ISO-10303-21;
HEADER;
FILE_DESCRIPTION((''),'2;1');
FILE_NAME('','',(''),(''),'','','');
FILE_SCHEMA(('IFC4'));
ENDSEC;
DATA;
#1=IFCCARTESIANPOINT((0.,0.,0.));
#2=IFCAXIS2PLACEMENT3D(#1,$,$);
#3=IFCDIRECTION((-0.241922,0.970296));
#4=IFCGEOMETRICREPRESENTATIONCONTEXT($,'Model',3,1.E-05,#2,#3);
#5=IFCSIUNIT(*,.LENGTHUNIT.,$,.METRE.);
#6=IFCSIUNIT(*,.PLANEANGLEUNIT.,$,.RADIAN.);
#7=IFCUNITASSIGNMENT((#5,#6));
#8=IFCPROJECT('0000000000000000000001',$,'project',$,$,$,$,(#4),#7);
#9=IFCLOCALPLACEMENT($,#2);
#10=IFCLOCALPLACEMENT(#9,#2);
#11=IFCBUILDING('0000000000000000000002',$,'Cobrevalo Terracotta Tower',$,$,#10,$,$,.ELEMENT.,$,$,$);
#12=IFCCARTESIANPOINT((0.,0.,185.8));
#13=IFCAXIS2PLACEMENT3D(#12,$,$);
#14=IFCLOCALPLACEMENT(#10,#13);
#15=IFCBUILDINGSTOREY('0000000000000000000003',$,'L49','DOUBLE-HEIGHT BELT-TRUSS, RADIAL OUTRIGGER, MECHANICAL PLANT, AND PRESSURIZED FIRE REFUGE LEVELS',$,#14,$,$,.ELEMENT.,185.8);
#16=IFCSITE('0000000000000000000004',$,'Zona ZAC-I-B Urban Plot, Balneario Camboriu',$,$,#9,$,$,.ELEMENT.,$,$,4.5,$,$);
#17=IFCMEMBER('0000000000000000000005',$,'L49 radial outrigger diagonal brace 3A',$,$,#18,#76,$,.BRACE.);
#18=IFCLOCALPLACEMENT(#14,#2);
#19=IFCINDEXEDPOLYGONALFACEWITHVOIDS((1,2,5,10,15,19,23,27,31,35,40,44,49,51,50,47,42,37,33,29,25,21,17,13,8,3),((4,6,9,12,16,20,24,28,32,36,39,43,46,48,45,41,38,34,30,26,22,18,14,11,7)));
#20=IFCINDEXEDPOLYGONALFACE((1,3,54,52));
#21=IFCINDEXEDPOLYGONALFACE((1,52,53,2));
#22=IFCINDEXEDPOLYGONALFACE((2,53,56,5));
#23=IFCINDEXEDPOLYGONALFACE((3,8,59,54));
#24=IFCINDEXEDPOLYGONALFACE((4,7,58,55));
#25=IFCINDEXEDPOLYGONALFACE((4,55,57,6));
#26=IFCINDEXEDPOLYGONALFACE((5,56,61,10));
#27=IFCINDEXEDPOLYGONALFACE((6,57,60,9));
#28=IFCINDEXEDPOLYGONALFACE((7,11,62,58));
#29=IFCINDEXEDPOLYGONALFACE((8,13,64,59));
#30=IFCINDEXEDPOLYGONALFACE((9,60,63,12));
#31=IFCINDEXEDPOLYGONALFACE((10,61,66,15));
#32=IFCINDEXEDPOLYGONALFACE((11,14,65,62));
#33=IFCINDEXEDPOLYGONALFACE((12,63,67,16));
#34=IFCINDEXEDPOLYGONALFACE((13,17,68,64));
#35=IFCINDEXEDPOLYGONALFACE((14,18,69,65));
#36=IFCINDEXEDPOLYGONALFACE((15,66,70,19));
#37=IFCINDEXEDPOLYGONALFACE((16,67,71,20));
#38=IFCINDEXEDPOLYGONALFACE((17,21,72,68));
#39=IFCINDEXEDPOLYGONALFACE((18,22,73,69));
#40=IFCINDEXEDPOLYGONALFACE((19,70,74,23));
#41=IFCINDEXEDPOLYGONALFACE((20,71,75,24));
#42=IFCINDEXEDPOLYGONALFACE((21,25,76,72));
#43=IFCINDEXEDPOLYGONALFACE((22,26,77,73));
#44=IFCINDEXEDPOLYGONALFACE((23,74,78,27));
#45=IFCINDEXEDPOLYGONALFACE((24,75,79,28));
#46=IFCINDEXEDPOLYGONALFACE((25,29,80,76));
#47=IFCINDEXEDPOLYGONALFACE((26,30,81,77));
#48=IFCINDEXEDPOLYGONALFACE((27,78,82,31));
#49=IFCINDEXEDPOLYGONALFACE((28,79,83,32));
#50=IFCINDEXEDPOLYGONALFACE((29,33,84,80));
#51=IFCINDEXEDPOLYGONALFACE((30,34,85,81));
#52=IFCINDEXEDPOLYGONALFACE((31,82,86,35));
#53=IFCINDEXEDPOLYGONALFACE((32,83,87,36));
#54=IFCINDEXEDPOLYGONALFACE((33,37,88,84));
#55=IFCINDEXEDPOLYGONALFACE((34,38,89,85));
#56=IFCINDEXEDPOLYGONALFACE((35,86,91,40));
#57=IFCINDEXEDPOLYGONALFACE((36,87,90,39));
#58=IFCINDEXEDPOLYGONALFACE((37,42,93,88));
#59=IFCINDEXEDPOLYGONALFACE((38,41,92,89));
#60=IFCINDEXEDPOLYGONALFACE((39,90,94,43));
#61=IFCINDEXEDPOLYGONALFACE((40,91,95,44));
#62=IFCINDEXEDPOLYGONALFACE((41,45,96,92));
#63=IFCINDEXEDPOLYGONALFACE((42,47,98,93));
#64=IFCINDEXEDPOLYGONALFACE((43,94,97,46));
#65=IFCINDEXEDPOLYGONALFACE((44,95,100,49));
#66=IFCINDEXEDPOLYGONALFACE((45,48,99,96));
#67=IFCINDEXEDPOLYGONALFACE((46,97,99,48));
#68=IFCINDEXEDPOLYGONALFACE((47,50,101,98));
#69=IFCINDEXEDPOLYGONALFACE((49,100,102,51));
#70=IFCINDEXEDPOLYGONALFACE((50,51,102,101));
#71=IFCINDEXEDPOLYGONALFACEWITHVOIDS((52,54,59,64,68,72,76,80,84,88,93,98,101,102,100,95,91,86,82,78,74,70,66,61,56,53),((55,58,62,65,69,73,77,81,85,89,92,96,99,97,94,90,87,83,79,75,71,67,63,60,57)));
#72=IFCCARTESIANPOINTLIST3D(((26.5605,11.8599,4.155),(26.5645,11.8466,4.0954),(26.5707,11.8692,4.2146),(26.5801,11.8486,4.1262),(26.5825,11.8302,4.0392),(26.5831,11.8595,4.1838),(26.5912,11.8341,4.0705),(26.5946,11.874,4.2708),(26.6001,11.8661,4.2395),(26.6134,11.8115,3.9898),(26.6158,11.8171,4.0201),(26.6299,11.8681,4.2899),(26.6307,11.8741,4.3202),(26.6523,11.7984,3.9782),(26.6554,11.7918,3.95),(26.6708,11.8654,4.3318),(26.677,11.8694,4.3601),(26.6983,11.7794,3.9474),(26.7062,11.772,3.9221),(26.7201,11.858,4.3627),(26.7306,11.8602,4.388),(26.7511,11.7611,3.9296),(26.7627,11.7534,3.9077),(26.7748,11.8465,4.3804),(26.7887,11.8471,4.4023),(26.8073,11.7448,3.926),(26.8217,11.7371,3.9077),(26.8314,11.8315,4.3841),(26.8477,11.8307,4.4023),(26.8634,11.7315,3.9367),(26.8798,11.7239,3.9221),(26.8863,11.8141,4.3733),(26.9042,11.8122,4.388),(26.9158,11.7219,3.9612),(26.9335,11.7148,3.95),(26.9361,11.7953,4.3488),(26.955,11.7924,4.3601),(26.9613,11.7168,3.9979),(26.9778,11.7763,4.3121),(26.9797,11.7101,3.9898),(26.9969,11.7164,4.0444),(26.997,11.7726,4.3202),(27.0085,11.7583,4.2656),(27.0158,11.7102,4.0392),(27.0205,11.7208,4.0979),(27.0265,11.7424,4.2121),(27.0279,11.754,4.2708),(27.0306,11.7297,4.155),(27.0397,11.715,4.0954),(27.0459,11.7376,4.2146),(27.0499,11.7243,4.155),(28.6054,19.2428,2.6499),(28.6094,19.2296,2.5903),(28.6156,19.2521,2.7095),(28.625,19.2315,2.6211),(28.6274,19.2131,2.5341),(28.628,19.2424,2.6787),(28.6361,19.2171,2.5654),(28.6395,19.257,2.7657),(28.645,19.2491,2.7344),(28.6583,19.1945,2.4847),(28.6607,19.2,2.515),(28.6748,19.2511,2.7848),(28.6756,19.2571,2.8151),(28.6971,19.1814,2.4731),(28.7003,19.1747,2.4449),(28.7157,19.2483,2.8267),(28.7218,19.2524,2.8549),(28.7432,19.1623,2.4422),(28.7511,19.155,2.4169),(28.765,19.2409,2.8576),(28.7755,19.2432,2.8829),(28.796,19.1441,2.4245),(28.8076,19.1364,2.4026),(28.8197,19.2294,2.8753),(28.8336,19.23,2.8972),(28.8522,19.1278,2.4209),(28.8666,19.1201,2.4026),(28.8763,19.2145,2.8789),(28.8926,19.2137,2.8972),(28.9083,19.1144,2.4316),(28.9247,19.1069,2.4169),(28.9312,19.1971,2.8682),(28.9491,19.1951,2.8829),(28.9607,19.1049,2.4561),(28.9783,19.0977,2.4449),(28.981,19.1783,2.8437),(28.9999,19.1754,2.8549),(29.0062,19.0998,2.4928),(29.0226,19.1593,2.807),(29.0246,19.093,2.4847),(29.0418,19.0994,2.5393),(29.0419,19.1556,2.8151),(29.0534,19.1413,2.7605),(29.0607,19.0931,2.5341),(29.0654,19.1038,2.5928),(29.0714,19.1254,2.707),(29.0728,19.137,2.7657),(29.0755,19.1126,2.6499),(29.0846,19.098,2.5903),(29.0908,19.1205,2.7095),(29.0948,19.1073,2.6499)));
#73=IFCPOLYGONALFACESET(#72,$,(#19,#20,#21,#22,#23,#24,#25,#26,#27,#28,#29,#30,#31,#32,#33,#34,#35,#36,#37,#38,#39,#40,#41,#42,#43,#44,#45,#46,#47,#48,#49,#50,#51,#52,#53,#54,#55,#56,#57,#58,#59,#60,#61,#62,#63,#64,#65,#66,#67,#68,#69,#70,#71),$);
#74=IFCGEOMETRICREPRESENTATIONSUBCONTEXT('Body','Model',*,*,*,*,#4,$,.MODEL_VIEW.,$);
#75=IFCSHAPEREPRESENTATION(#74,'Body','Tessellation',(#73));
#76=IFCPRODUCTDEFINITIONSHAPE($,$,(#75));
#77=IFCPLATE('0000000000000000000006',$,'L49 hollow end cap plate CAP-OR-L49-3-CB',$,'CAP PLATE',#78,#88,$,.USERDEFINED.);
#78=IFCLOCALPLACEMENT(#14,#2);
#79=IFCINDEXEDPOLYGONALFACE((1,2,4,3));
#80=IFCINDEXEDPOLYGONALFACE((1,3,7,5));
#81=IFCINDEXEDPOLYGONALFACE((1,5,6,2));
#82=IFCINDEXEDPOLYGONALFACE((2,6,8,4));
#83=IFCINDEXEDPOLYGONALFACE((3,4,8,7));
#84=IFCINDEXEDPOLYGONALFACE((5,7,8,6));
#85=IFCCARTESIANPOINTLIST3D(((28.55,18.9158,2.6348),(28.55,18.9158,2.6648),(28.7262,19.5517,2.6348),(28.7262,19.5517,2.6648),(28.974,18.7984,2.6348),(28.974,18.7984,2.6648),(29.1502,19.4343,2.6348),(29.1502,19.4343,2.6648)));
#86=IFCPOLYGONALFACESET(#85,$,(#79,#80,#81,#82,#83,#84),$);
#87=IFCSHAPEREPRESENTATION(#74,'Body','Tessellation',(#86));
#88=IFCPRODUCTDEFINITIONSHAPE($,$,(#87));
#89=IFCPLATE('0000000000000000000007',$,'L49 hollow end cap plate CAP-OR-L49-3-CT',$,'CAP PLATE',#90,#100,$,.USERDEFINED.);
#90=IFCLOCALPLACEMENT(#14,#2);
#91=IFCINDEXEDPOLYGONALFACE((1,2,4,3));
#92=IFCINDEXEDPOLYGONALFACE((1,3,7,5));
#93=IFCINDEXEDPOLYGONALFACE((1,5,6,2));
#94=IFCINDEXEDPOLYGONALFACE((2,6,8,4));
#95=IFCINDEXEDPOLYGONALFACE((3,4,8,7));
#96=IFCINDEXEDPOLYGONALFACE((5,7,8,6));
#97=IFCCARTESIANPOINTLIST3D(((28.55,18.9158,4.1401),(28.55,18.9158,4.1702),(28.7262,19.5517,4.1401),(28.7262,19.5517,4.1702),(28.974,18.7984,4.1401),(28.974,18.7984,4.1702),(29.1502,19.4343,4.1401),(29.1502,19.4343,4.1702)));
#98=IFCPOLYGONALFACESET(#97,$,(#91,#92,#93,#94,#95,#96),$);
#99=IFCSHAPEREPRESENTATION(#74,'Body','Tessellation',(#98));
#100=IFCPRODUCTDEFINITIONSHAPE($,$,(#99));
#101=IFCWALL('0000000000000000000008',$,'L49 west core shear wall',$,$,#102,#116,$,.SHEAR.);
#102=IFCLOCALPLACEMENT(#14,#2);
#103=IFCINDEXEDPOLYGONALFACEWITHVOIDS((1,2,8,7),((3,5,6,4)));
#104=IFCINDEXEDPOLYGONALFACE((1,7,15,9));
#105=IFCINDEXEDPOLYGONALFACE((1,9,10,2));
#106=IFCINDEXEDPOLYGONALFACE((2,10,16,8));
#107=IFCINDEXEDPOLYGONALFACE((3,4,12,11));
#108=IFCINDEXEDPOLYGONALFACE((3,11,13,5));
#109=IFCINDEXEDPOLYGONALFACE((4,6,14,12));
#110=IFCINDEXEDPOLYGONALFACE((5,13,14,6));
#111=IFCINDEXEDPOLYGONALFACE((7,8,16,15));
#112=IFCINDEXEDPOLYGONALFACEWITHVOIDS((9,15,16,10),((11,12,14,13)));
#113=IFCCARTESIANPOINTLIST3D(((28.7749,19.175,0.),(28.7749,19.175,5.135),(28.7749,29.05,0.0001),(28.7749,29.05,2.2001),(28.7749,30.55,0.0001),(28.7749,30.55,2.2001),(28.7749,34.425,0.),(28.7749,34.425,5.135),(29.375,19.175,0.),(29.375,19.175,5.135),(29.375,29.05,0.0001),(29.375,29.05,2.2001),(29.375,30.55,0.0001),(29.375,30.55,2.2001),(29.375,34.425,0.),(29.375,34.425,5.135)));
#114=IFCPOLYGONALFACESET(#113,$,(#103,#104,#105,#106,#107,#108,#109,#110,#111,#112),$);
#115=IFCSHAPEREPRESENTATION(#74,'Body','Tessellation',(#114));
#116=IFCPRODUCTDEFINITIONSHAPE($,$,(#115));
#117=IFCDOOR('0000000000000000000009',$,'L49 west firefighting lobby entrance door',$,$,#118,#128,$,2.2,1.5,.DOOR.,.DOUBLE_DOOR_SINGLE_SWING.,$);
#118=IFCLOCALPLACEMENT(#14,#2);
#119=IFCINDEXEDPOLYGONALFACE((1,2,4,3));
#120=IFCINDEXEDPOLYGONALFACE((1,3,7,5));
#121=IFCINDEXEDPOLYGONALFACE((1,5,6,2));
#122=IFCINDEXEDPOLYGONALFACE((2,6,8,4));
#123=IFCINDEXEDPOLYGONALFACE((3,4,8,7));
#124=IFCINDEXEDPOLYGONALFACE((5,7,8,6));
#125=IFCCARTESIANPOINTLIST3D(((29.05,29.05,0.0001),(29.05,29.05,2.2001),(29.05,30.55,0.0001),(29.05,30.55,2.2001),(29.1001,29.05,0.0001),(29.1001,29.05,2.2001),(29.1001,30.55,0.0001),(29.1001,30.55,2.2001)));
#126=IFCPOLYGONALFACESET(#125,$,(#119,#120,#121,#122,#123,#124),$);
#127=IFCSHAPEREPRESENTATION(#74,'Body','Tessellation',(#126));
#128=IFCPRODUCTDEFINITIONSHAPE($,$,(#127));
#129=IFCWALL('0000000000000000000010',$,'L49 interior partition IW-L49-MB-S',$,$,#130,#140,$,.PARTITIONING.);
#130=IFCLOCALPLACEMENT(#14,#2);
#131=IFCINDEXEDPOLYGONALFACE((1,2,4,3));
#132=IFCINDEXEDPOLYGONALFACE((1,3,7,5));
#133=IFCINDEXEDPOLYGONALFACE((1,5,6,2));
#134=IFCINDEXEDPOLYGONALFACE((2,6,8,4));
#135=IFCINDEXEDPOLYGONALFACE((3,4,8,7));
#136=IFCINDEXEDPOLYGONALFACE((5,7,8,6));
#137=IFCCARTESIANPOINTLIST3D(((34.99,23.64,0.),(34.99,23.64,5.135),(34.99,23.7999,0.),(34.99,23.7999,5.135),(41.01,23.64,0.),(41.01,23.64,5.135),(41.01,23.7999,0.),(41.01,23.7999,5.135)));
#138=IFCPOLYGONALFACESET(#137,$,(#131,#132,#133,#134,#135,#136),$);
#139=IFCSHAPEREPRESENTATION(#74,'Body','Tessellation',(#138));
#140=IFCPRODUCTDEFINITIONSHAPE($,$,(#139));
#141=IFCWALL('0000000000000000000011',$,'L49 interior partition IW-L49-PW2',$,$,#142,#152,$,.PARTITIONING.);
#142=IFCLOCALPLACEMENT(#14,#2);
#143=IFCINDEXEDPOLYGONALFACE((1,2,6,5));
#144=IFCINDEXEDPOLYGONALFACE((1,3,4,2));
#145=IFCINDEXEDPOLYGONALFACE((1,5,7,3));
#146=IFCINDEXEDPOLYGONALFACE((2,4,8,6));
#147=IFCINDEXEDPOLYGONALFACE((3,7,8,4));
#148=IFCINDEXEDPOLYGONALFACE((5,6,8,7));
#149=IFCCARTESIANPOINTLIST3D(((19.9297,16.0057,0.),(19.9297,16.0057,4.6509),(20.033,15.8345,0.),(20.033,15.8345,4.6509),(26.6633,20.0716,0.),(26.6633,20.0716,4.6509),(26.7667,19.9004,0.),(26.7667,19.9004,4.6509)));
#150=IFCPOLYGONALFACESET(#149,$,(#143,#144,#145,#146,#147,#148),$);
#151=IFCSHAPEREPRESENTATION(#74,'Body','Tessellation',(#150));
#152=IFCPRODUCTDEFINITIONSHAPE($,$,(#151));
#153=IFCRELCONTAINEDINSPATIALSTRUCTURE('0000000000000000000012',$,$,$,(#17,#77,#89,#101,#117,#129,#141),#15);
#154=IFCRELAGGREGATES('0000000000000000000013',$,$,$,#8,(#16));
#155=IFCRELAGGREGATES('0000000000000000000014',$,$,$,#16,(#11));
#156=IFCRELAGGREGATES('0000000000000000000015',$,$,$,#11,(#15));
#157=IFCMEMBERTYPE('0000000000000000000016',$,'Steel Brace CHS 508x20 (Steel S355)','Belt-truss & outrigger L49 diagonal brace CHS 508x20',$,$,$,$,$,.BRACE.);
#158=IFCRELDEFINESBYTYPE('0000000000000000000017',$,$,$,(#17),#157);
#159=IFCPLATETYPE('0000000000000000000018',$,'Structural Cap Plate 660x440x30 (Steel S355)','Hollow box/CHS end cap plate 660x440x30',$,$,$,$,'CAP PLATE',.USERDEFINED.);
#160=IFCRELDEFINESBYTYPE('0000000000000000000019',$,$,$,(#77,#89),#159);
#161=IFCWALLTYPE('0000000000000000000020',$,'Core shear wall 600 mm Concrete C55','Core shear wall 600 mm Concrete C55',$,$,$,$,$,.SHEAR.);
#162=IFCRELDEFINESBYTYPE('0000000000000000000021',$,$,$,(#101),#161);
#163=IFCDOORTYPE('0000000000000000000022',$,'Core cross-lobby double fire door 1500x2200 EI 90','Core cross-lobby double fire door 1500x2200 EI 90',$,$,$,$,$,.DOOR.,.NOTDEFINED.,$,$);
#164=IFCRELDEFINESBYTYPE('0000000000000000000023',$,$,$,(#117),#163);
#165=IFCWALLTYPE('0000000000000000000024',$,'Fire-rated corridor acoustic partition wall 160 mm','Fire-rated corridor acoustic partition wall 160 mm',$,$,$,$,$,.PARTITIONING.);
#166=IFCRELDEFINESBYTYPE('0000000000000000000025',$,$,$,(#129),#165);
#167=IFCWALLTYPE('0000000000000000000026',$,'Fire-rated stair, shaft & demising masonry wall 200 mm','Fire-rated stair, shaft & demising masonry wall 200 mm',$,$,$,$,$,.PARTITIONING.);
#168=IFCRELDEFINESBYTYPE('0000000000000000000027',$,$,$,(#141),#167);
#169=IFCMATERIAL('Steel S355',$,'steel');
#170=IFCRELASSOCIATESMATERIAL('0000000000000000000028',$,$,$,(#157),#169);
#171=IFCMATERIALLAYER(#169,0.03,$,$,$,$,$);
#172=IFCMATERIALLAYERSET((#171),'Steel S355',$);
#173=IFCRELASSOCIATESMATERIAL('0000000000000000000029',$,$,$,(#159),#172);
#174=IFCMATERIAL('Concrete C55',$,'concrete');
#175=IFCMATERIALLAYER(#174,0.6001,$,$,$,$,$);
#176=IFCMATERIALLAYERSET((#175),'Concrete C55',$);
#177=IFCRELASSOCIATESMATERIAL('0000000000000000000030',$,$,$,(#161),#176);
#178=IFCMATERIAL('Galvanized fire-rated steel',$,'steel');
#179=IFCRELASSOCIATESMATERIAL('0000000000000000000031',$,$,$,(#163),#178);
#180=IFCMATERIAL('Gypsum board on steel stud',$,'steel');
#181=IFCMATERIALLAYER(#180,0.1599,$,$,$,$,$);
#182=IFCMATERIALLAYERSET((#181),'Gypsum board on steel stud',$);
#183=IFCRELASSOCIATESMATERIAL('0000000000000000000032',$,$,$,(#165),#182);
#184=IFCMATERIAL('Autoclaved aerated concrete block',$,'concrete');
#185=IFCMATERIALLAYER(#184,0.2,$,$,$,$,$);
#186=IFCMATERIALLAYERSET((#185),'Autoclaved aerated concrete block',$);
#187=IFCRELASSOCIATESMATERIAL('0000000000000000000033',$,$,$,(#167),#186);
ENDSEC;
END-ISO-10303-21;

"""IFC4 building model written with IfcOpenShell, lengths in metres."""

from ifc_helpers import new_model, si_unit, direction, frame, frame_2d, origin, origin_2d, place, context, subcontext, project, spatial, rectangle, hollow_circle, extrude, source, transform, mapped, material, layer, layer_set, material_profile, profile_set, type_object, element, fill, save


model = new_model("IFC4")

# Units and contexts
model_context = context("Model", 3, precision=1e-05, world=origin(), true_north=direction((-0.241922, 0.970296)))
body_context = subcontext(model_context, "Body", "Model", "MODEL_VIEW")
ifc_project = project(units=[si_unit("LENGTHUNIT", "METRE"), si_unit("PLANEANGLEUNIT", "RADIAN")], contexts=[model_context])

# Site, building, storey
site_placement = place(None, origin())
site = spatial("IfcSite", under=ifc_project, at=site_placement, Name="Zona ZAC-I-B Urban Plot, Balneario Camboriu", CompositionType="ELEMENT", RefElevation=4.5)
building_placement = place(site_placement, origin())
building = spatial("IfcBuilding", under=site, at=building_placement, Name="Cobrevalo Terracotta Tower", CompositionType="ELEMENT")
storey_placement = place(building_placement, frame((0.0, 0.0, 185.8)))
storey = spatial("IfcBuildingStorey", under=building, at=storey_placement, Name="L49", Description="DOUBLE-HEIGHT BELT-TRUSS, RADIAL OUTRIGGER, MECHANICAL PLANT, AND PRESSURIZED FIRE REFUGE LEVELS", CompositionType="ELEMENT", Elevation=185.8)

# Member
ifc_material_1 = material(Name="Steel S355", Category="steel")
ifc_material_profile = material_profile(ifc_material_1, hollow_circle(Radius=0.2539, WallThickness=0.02, at=origin_2d()), Name="CHS 508x20")
ifc_profile_set = profile_set([ifc_material_profile], Name="Steel S355")
member_type = type_object("IfcMemberType", Name="Steel Brace CHS 508x20 (Steel S355)", Description="Belt-truss & outrigger L49 diagonal brace CHS 508x20", PredefinedType="BRACE", material=ifc_profile_set)
shared_shape_1 = source(origin(), body_context, "Body", "SweptSolid", [
    extrude(hollow_circle(Radius=0.2539, WallThickness=0.02, at=origin_2d()), origin(), (0.0, 0.0, 1.0), 7.8074),
])
member_placement = place(storey_placement, frame((28.8501, 19.175, 2.6499), z_axis=(-0.261919, -0.94564, 0.19278), x_axis=(0.963717, -0.266926, 0.0)))
element("IfcMember", 1, at=member_placement, inside=storey, type_object=member_type, Name="L49 radial outrigger diagonal brace 3A", PredefinedType="BRACE", context=body_context, shape_type="MappedRepresentation", body=[
    mapped(shared_shape_1, transform((0.0, 0.0, 0.0), scale=1.0)),
])

# Plates
ifc_layer_1 = layer(ifc_material_1, 0.03)
ifc_layer_set_1 = layer_set([ifc_layer_1], Name="Steel S355")
plate_type = type_object("IfcPlateType", Name="Structural Cap Plate 660x440x30 (Steel S355)", Description="Hollow box/CHS end cap plate 660x440x30", ElementType="CAP PLATE", PredefinedType="USERDEFINED", material=ifc_layer_set_1)
shared_shape_2 = source(origin(), body_context, "Body", "SweptSolid", [
    extrude(rectangle(XDim=0.6599, YDim=0.4399, at=origin_2d()), origin(), (0.0, 0.0, 1.0), 0.03),
])
for number, where, z_axis, x_axis, name in (
    (2, (28.8501, 19.175, 2.6348), (0.0, 0.0, 1.0), (-0.266904, -0.963723, 0.0), "L49 hollow end cap plate CAP-OR-L49-3-CB"),
    (3, (28.8501, 19.175, 4.1401), (0.0, 0.0, 1.0), (-0.266904, -0.963723, 0.0), "L49 hollow end cap plate CAP-OR-L49-3-CT"),
):
    element("IfcPlate", number, at=place(storey_placement, frame(where, z_axis=z_axis, x_axis=x_axis)), inside=storey, type_object=plate_type, Name=name, ObjectType="CAP PLATE", PredefinedType="USERDEFINED", context=body_context, shape_type="MappedRepresentation", body=[
        mapped(shared_shape_2, transform((0.0, 0.0, 0.0), scale=1.0)),
    ])

# Wall, opening, door
ifc_material_2 = material(Name="Concrete C55", Category="concrete")
ifc_layer_2 = layer(ifc_material_2, 0.6001)
ifc_layer_set_2 = layer_set([ifc_layer_2], Name="Concrete C55")
wall_type_1 = type_object("IfcWallType", Name="Core shear wall 600 mm Concrete C55", Description="Core shear wall 600 mm Concrete C55", PredefinedType="SHEAR", material=ifc_layer_set_2)
wall_1_placement = place(storey_placement, frame((29.075, 19.175, 0.0), z_axis=(0.0, 0.0, 1.0), x_axis=(0.0, 1.0, 0.0)))
wall_1 = element("IfcWall", 4, at=wall_1_placement, inside=storey, type_object=wall_type_1, Name="L49 west core shear wall", PredefinedType="SHEAR", context=body_context, shape_type="SweptSolid", body=[
    extrude(rectangle(XDim=15.25, YDim=0.6001, at=frame_2d((7.625, 0.0))), origin(), (0.0, 0.0, 1.0), 5.135),
])
opening_1_placement = place(wall_1_placement, frame((9.875, 0.0, 0.0)))
opening_1 = element("IfcOpeningElement", 5, at=opening_1_placement, cuts=wall_1, PredefinedType="OPENING", context=body_context, shape_type="SweptSolid", body=[
    extrude(rectangle(XDim=1.5, YDim=2.2, at=frame_2d((0.75, 1.1001))), frame((0.0, 0.3101, 0.0), z_axis=(0.0, -1.0, 0.0), x_axis=(1.0, 0.0, 0.0)), (0.0, 0.0, 1.0), 0.6201),
])
ifc_material_3 = material(Name="Galvanized fire-rated steel", Category="steel")
door_type_1 = type_object("IfcDoorType", Name="Core cross-lobby double fire door 1500x2200 EI 90", Description="Core cross-lobby double fire door 1500x2200 EI 90", OperationType="NOTDEFINED", PredefinedType="DOOR", material=ifc_material_3)
shared_shape_3 = source(origin(), body_context, "Body", "SweptSolid", [
    extrude(rectangle(XDim=1.5, YDim=2.2, at=frame_2d((0.75, 1.1001))), frame((0.0, 0.0249, 0.0), z_axis=(0.0, -1.0, 0.0), x_axis=(1.0, 0.0, 0.0)), (0.0, 0.0, 1.0), 0.05),
])
door_1_placement = place(opening_1_placement, origin())
door_1 = element("IfcDoor", 6, at=door_1_placement, inside=storey, type_object=door_type_1, Name="L49 west firefighting lobby entrance door", OperationType="DOUBLE_DOOR_SINGLE_SWING", OverallHeight=2.2, OverallWidth=1.5, PredefinedType="DOOR", context=body_context, shape_type="MappedRepresentation", body=[
    mapped(shared_shape_3, transform((0.0, 0.0, 0.0), scale=1.0)),
])
fill(opening_1, door_1)

# Walls
ifc_material_4 = material(Name="Gypsum board on steel stud", Category="steel")
ifc_layer_3 = layer(ifc_material_4, 0.1599)
ifc_layer_set_3 = layer_set([ifc_layer_3], Name="Gypsum board on steel stud")
wall_type_2 = type_object("IfcWallType", Name="Fire-rated corridor acoustic partition wall 160 mm", Description="Fire-rated corridor acoustic partition wall 160 mm", PredefinedType="PARTITIONING", material=ifc_layer_set_3)
wall_2_placement = place(storey_placement, frame((34.99, 23.72, 0.0), z_axis=(0.0, 0.0, 1.0), x_axis=(1.0, 0.0, 0.0)))
element("IfcWall", 7, at=wall_2_placement, inside=storey, type_object=wall_type_2, Name="L49 interior partition IW-L49-MB-S", PredefinedType="PARTITIONING", context=body_context, shape_type="SweptSolid", body=[
    extrude(rectangle(XDim=6.02, YDim=0.1599, at=frame_2d((3.01, 0.0))), origin(), (0.0, 0.0, 1.0), 5.135),
])
ifc_material_5 = material(Name="Autoclaved aerated concrete block", Category="concrete")
ifc_layer_4 = layer(ifc_material_5, 0.2)
ifc_layer_set_4 = layer_set([ifc_layer_4], Name="Autoclaved aerated concrete block")
wall_type_3 = type_object("IfcWallType", Name="Fire-rated stair, shaft & demising masonry wall 200 mm", Description="Fire-rated stair, shaft & demising masonry wall 200 mm", PredefinedType="PARTITIONING", material=ifc_layer_set_4)
wall_3_placement = place(storey_placement, frame((26.7151, 19.9861, 0.0), z_axis=(0.0, 0.0, 1.0), x_axis=(-0.856046, -0.516899, 0.0)))
element("IfcWall", 8, at=wall_3_placement, inside=storey, type_object=wall_type_3, Name="L49 interior partition IW-L49-PW2", PredefinedType="PARTITIONING", context=body_context, shape_type="SweptSolid", body=[
    extrude(rectangle(XDim=7.866, YDim=0.2, at=frame_2d((3.9331, 0.0))), origin(), (0.0, 0.0, 1.0), 4.6509),
])

save(model, "model.ifc")
